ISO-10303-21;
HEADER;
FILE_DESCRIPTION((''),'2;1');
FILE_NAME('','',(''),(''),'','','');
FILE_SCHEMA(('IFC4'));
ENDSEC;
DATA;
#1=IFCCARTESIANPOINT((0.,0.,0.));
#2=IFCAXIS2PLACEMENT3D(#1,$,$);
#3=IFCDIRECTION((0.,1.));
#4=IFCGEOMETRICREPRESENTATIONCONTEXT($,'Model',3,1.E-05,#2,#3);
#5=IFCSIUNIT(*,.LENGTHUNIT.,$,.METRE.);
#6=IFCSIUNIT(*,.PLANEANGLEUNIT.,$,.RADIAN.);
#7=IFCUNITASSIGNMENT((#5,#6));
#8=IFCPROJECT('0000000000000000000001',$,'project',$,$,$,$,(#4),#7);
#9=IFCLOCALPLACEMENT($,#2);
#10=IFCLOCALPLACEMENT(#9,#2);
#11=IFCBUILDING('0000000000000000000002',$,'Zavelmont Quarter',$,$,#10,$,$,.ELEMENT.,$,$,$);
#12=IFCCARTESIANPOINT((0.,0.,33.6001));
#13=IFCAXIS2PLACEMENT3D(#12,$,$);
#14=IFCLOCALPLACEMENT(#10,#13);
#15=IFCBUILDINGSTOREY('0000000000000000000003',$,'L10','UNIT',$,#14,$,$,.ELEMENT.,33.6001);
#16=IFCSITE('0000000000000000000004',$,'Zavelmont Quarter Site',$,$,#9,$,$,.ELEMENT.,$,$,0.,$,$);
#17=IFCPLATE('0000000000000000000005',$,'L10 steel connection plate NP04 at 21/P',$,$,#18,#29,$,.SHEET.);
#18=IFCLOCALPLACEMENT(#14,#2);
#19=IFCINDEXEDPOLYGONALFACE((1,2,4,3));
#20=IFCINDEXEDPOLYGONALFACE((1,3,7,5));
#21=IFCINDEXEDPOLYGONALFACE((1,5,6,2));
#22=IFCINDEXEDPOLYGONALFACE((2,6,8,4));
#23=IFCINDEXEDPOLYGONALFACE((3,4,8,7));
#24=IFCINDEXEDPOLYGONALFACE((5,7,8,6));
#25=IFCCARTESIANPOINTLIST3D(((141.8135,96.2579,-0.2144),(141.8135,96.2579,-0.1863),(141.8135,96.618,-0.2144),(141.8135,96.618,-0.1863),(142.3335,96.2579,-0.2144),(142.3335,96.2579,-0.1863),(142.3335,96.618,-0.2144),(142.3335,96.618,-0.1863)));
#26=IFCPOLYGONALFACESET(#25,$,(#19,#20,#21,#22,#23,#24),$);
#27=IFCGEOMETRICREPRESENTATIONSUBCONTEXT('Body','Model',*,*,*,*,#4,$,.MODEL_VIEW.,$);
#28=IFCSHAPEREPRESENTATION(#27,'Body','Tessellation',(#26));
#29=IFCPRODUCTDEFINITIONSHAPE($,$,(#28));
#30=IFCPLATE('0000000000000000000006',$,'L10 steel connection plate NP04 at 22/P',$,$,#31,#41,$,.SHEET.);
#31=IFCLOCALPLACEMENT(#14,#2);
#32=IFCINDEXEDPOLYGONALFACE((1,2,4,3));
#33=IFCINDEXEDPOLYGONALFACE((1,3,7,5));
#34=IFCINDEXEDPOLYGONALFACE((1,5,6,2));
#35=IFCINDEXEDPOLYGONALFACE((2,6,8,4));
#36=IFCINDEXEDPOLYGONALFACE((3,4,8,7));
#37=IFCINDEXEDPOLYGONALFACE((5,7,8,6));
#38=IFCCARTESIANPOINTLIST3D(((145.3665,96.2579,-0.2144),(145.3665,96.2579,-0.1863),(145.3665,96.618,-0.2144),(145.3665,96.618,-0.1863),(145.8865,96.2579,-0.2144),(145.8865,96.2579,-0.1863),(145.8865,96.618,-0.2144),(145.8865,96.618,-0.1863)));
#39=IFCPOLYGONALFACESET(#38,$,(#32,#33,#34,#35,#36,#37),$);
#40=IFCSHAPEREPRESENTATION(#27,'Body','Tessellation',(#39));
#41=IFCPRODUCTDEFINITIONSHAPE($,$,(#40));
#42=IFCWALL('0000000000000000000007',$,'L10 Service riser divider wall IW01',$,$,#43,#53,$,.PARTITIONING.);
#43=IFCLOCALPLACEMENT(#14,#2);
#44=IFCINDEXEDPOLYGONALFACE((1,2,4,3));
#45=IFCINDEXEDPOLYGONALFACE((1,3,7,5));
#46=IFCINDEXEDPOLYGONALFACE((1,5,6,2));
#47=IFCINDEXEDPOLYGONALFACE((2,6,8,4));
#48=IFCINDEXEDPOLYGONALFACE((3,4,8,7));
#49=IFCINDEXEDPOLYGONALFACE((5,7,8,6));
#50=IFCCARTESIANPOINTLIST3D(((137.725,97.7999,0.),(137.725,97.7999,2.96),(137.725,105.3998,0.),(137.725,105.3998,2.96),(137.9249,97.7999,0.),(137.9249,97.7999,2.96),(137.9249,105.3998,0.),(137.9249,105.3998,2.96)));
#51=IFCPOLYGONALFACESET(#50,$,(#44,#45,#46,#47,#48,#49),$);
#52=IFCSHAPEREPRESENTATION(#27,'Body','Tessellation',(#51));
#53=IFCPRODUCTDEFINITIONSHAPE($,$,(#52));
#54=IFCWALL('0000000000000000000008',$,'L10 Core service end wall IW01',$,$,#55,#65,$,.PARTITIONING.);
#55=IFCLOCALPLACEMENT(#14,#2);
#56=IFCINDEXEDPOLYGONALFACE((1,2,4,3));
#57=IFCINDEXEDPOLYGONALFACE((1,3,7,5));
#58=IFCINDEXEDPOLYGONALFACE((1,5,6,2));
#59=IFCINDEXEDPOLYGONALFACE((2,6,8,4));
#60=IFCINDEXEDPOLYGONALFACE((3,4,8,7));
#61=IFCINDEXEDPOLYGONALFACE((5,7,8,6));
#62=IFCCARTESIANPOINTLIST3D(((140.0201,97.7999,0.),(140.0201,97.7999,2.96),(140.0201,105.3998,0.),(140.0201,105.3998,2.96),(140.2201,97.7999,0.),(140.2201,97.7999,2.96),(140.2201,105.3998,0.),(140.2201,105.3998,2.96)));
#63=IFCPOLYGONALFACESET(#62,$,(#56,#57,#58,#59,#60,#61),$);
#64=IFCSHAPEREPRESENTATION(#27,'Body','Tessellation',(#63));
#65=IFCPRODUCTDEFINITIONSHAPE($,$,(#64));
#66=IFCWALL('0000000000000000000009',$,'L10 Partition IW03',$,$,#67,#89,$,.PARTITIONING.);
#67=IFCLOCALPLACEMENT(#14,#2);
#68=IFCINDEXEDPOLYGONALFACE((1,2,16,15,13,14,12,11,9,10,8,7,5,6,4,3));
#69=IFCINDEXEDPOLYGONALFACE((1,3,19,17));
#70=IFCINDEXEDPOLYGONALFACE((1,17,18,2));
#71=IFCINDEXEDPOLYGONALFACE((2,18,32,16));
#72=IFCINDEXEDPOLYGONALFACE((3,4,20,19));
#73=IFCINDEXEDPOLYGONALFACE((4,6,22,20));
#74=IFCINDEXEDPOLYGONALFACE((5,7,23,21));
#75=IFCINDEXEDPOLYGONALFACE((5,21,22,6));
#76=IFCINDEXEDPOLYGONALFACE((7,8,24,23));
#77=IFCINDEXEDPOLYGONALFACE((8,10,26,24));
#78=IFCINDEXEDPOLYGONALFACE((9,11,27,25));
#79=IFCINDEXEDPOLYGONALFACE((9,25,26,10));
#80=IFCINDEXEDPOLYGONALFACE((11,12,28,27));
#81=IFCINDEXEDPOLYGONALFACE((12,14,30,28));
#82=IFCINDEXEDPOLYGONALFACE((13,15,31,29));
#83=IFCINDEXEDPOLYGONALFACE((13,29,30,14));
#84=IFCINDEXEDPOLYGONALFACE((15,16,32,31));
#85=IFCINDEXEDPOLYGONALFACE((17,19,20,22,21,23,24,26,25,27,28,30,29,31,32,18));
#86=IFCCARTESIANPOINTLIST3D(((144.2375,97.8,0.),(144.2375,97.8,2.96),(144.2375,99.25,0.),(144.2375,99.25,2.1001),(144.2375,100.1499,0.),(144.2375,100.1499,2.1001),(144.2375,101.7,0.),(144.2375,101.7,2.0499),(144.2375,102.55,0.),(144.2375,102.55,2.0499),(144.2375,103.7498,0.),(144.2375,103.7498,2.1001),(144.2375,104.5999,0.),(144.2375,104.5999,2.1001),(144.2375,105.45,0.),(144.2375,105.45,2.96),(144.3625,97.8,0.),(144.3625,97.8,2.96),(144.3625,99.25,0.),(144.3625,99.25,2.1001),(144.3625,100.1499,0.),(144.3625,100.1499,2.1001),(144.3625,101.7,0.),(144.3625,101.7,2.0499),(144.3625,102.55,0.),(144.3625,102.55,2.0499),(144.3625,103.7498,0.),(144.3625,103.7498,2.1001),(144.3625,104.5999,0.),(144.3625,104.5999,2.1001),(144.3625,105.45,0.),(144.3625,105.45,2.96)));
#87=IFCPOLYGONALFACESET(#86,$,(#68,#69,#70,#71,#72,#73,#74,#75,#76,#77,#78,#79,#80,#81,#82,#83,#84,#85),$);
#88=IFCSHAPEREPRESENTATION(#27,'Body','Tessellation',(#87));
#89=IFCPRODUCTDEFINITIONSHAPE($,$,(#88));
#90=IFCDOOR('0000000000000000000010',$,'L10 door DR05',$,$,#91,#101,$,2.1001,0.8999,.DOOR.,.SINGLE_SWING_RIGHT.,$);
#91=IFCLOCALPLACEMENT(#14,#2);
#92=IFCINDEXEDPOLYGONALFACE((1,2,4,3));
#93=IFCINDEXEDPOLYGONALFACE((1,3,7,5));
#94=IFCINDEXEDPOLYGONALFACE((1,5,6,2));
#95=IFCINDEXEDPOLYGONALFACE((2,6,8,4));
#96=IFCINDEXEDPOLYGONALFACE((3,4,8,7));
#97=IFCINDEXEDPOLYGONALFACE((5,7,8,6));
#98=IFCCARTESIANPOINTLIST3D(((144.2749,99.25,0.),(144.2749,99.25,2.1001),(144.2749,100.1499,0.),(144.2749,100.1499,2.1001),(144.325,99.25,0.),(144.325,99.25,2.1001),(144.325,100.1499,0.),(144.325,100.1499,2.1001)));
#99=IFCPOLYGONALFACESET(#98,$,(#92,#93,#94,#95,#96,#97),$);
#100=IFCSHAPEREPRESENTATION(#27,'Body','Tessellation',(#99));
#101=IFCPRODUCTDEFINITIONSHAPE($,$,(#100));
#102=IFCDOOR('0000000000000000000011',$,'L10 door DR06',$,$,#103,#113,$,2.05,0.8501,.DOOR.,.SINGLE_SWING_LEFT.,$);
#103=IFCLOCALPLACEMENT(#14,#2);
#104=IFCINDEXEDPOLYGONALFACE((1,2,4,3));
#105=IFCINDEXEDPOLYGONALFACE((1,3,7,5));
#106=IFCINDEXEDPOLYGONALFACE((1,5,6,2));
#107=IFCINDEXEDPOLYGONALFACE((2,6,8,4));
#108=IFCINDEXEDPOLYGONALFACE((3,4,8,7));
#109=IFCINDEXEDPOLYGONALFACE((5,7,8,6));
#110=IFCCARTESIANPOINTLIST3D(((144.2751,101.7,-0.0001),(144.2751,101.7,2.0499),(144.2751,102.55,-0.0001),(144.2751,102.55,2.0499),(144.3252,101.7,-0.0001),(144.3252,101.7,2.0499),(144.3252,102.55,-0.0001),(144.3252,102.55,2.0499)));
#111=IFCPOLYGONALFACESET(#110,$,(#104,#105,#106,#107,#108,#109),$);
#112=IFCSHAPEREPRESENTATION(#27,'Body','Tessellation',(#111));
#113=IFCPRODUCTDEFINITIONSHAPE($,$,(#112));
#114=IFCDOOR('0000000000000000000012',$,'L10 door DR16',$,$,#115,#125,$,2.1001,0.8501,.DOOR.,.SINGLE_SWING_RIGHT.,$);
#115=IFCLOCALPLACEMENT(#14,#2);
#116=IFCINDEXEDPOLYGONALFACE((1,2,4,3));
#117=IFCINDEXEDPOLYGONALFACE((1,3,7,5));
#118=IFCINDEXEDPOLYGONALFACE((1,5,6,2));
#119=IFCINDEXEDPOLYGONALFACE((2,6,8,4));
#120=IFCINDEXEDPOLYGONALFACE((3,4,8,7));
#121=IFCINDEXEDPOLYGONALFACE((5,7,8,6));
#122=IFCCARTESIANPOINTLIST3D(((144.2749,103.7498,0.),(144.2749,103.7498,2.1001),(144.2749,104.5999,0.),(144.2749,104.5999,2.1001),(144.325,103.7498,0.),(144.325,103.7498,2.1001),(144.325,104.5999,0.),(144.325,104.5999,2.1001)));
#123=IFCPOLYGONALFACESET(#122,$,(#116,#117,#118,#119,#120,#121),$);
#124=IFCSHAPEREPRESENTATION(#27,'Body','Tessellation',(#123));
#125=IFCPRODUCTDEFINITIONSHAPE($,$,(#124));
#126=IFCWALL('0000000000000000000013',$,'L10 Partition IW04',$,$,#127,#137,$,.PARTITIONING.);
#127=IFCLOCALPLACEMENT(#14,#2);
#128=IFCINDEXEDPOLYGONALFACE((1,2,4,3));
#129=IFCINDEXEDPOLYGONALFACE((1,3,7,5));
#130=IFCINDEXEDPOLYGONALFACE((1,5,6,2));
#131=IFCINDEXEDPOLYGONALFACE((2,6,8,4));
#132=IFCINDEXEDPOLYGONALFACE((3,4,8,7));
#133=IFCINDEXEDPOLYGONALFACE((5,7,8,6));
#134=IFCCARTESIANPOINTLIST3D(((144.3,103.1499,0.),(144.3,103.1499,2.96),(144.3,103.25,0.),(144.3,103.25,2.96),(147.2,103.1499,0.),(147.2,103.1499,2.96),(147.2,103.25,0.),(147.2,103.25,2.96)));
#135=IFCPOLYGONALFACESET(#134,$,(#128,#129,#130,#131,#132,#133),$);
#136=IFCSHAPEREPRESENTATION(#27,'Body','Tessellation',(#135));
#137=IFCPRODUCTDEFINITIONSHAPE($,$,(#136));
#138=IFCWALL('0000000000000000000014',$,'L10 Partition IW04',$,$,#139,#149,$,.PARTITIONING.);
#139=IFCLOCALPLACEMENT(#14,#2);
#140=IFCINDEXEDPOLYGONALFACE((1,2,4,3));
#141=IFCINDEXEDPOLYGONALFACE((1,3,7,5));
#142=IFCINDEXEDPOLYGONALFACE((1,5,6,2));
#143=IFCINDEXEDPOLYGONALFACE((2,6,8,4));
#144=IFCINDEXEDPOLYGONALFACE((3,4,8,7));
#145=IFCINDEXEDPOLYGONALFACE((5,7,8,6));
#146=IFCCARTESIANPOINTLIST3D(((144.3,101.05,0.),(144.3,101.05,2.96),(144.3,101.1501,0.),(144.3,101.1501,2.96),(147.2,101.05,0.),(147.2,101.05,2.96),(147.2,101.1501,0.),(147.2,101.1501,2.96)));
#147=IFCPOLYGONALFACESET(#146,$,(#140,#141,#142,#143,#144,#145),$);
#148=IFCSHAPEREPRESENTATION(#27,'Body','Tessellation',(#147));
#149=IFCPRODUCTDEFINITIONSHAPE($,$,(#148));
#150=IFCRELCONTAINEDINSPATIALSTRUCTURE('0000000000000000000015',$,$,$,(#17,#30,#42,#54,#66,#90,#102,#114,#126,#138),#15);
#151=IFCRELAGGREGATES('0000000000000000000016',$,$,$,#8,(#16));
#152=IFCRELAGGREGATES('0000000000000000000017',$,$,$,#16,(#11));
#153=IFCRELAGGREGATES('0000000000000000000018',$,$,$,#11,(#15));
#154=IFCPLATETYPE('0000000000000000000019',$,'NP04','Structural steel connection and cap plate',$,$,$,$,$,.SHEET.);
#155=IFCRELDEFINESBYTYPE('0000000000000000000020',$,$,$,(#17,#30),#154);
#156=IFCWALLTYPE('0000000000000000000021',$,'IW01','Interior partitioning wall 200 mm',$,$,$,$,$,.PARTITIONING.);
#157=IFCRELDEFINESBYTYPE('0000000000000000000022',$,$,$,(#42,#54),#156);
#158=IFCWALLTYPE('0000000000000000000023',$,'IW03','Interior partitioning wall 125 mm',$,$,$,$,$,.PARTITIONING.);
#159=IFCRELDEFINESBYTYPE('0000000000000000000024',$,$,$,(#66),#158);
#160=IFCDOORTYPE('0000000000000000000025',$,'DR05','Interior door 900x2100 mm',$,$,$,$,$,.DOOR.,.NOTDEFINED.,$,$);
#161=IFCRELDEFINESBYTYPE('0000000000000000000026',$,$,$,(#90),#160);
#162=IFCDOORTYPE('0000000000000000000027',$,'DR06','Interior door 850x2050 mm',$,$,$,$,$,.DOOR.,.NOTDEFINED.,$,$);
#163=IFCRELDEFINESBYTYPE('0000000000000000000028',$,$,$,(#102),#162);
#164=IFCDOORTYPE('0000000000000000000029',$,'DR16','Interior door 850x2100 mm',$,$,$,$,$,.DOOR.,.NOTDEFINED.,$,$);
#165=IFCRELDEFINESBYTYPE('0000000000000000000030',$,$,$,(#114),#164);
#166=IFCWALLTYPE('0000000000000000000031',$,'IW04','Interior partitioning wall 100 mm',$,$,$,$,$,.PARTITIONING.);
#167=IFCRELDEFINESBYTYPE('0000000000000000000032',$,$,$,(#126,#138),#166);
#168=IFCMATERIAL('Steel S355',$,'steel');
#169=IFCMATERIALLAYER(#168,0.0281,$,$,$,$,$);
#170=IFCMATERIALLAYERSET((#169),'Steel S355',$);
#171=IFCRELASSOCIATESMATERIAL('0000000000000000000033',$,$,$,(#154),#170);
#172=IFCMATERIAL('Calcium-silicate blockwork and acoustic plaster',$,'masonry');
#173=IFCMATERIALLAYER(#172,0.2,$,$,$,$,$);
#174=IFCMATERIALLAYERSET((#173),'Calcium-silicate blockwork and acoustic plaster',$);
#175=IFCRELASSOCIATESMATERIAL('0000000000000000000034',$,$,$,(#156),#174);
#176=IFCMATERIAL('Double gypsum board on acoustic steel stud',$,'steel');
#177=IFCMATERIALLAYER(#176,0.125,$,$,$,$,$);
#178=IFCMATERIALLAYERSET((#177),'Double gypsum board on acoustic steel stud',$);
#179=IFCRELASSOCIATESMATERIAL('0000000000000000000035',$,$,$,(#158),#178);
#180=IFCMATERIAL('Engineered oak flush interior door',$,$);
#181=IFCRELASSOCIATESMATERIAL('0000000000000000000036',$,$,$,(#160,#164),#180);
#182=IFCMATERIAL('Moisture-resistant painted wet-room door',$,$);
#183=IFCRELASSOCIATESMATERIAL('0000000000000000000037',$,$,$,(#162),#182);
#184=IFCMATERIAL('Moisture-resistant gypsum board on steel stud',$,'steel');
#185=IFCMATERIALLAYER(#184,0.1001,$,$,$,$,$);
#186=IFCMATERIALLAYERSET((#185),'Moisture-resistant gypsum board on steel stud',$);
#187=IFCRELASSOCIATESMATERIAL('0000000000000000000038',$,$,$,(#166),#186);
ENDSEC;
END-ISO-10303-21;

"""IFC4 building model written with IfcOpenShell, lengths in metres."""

from ifc_helpers import new_model, si_unit, direction, frame, frame_2d, origin, origin_with_axes, origin_2d, place, context, subcontext, project, spatial, rectangle, extrude, material, layer, layer_set, type_object, element, fill, save


model = new_model("IFC4")

# Units and contexts
model_context = context("Model", 3, precision=1e-05, world=origin(), true_north=direction((0.0, 1.0)))
body_context = subcontext(model_context, "Body", "Model", "MODEL_VIEW")
ifc_project = project(units=[si_unit("LENGTHUNIT", "METRE"), si_unit("PLANEANGLEUNIT", "RADIAN")], contexts=[model_context])

# Site, building, storey
site_placement = place(None, origin())
site = spatial("IfcSite", under=ifc_project, at=site_placement, Name="Zavelmont Quarter Site", CompositionType="ELEMENT", RefElevation=0.0)
building_placement = place(site_placement, origin())
building = spatial("IfcBuilding", under=site, at=building_placement, Name="Zavelmont Quarter", CompositionType="ELEMENT")
storey_placement = place(building_placement, frame((0.0, 0.0, 33.6001)))
storey = spatial("IfcBuildingStorey", under=building, at=storey_placement, Name="L10", Description="UNIT", CompositionType="ELEMENT", Elevation=33.6001)

# Shared definitions
ifc_material_1 = material(Name="Steel S355", Category="steel")

# Plates
ifc_layer_1 = layer(ifc_material_1, 0.0281)
ifc_layer_set_1 = layer_set([ifc_layer_1], Name="Steel S355")
plate_type_1 = type_object("IfcPlateType", Name="NP04", Description="Structural steel connection and cap plate", PredefinedType="SHEET", material=ifc_layer_set_1)
for number, where, z_axis, x_axis, name in (
    (1, (142.0735, 96.438, -0.2144), (0.0, 0.0, 1.0), (1.0, 0.0, 0.0), "L10 steel connection plate NP04 at 21/P"),
    (2, (145.6265, 96.438, -0.2144), (0.0, 0.0, 1.0), (1.0, 0.0, 0.0), "L10 steel connection plate NP04 at 22/P"),
):
    element("IfcPlate", number, at=place(storey_placement, frame(where, z_axis=z_axis, x_axis=x_axis)), inside=storey, type_object=plate_type_1, Name=name, PredefinedType="SHEET", context=body_context, shape_type="SweptSolid", body=[
        extrude(rectangle(XDim=0.52, YDim=0.3601, at=origin_2d()), origin(), (0.0, 0.0, 1.0), 0.0281),
    ])

# Walls
ifc_material_2 = material(Name="Calcium-silicate blockwork and acoustic plaster", Category="masonry")
ifc_layer_2 = layer(ifc_material_2, 0.2)
ifc_layer_set_2 = layer_set([ifc_layer_2], Name="Calcium-silicate blockwork and acoustic plaster")
wall_type_1 = type_object("IfcWallType", Name="IW01", Description="Interior partitioning wall 200 mm", PredefinedType="PARTITIONING", material=ifc_layer_set_2)
for number, where, z_axis, x_axis, name in (
    (3, (137.825, 97.8, 0.0), (0.0, 0.0, 1.0), (0.0, 1.0, 0.0), "L10 Service riser divider wall IW01"),
    (4, (140.1201, 97.8, 0.0), (0.0, 0.0, 1.0), (0.0, 1.0, 0.0), "L10 Core service end wall IW01"),
):
    element("IfcWall", number, at=place(storey_placement, frame(where, z_axis=z_axis, x_axis=x_axis)), inside=storey, type_object=wall_type_1, Name=name, PredefinedType="PARTITIONING", context=body_context, shape_type="SweptSolid", body=[
        extrude(rectangle(XDim=7.5999, YDim=0.2, at=frame_2d((3.7998, 0.0))), origin(), (0.0, 0.0, 1.0), 2.96),
    ])

# Wall, openings, doors
ifc_material_3 = material(Name="Double gypsum board on acoustic steel stud", Category="steel")
ifc_layer_3 = layer(ifc_material_3, 0.125)
ifc_layer_set_3 = layer_set([ifc_layer_3], Name="Double gypsum board on acoustic steel stud")
wall_type_2 = type_object("IfcWallType", Name="IW03", Description="Interior partitioning wall 125 mm", PredefinedType="PARTITIONING", material=ifc_layer_set_3)
wall_1_placement = place(storey_placement, frame((144.3, 105.45, 0.0), z_axis=(0.0, 0.0, 1.0), x_axis=(0.0, -1.0, 0.0)))
wall_1 = element("IfcWall", 5, at=wall_1_placement, inside=storey, type_object=wall_type_2, Name="L10 Partition IW03", PredefinedType="PARTITIONING", context=body_context, shape_type="SweptSolid", body=[
    extrude(rectangle(XDim=7.6499, YDim=0.125, at=frame_2d((3.825, 0.0))), origin(), (0.0, 0.0, 1.0), 2.96),
])
opening_1_placement = place(wall_1_placement, frame((0.8501, 0.0, 0.0)))
opening_1 = element("IfcOpeningElement", 6, at=opening_1_placement, cuts=wall_1, PredefinedType="OPENING", context=body_context, shape_type="SweptSolid", body=[
    extrude(rectangle(XDim=0.8501, YDim=2.1001, at=frame_2d((0.425, 1.05))), frame((0.0, 0.0745, 0.0), z_axis=(0.0, -1.0, 0.0), x_axis=(1.0, 0.0, 0.0)), (0.0, 0.0, 1.0), 0.1489),
])
opening_2_placement = place(wall_1_placement, frame((2.8999, 0.0, 0.0)))
opening_2 = element("IfcOpeningElement", 7, at=opening_2_placement, cuts=wall_1, PredefinedType="OPENING", context=body_context, shape_type="SweptSolid", body=[
    extrude(rectangle(XDim=0.8501, YDim=2.05, at=frame_2d((0.425, 1.0249))), frame((0.0, 0.0745, 0.0), z_axis=(0.0, -1.0, 0.0), x_axis=(1.0, 0.0, 0.0)), (0.0, 0.0, 1.0), 0.1489),
])
opening_3_placement = place(wall_1_placement, frame((5.3, 0.0, 0.0)))
opening_3 = element("IfcOpeningElement", 8, at=opening_3_placement, cuts=wall_1, PredefinedType="OPENING", context=body_context, shape_type="SweptSolid", body=[
    extrude(rectangle(XDim=0.8999, YDim=2.1001, at=frame_2d((0.45, 1.05))), frame((0.0, 0.0745, 0.0), z_axis=(0.0, -1.0, 0.0), x_axis=(1.0, 0.0, 0.0)), (0.0, 0.0, 1.0), 0.1489),
])
ifc_material_4 = material(Name="Engineered oak flush interior door")
door_type_1 = type_object("IfcDoorType", Name="DR05", Description="Interior door 900x2100 mm", OperationType="NOTDEFINED", PredefinedType="DOOR", material=ifc_material_4)
door_1_placement = place(opening_3_placement, origin_with_axes())
door_1 = element("IfcDoor", 9, at=door_1_placement, inside=storey, type_object=door_type_1, Name="L10 door DR05", OperationType="SINGLE_SWING_RIGHT", OverallHeight=2.1001, OverallWidth=0.8999, PredefinedType="DOOR", context=body_context, shape_type="SweptSolid", body=[
    extrude(rectangle(XDim=0.8999, YDim=2.1001, at=frame_2d((0.45, 1.05))), frame((0.0, 0.0249, 0.0), z_axis=(0.0, -1.0, 0.0), x_axis=(1.0, 0.0, 0.0)), (0.0, 0.0, 1.0), 0.05),
])
fill(opening_3, door_1)
ifc_material_5 = material(Name="Moisture-resistant painted wet-room door")
door_type_2 = type_object("IfcDoorType", Name="DR06", Description="Interior door 850x2050 mm", OperationType="NOTDEFINED", PredefinedType="DOOR", material=ifc_material_5)
door_2_placement = place(opening_2_placement, frame((0.8501, 0.0, 0.0), z_axis=(0.0, 0.0, 1.0), x_axis=(-1.0, 0.0, 0.0)))
door_2 = element("IfcDoor", 10, at=door_2_placement, inside=storey, type_object=door_type_2, Name="L10 door DR06", OperationType="SINGLE_SWING_LEFT", OverallHeight=2.05, OverallWidth=0.8501, PredefinedType="DOOR", context=body_context, shape_type="SweptSolid", body=[
    extrude(rectangle(XDim=0.8501, YDim=2.05, at=frame_2d((0.425, 1.0249))), frame((0.0, 0.0249, 0.0), z_axis=(0.0, -1.0, 0.0), x_axis=(1.0, 0.0, 0.0)), (0.0, 0.0, 1.0), 0.05),
])
fill(opening_2, door_2)
door_type_3 = type_object("IfcDoorType", Name="DR16", Description="Interior door 850x2100 mm", OperationType="NOTDEFINED", PredefinedType="DOOR", material=ifc_material_4)
door_3_placement = place(opening_1_placement, origin_with_axes())
door_3 = element("IfcDoor", 11, at=door_3_placement, inside=storey, type_object=door_type_3, Name="L10 door DR16", OperationType="SINGLE_SWING_RIGHT", OverallHeight=2.1001, OverallWidth=0.8501, PredefinedType="DOOR", context=body_context, shape_type="SweptSolid", body=[
    extrude(rectangle(XDim=0.8501, YDim=2.1001, at=frame_2d((0.425, 1.05))), frame((0.0, 0.0249, 0.0), z_axis=(0.0, -1.0, 0.0), x_axis=(1.0, 0.0, 0.0)), (0.0, 0.0, 1.0), 0.05),
])
fill(opening_1, door_3)

# Walls
ifc_material_6 = material(Name="Moisture-resistant gypsum board on steel stud", Category="steel")
ifc_layer_4 = layer(ifc_material_6, 0.1001)
ifc_layer_set_4 = layer_set([ifc_layer_4], Name="Moisture-resistant gypsum board on steel stud")
wall_type_3 = type_object("IfcWallType", Name="IW04", Description="Interior partitioning wall 100 mm", PredefinedType="PARTITIONING", material=ifc_layer_set_4)
for number, where, z_axis, x_axis, name in (
    (12, (144.3, 103.2, 0.0), (0.0, 0.0, 1.0), (1.0, 0.0, 0.0), "L10 Partition IW04"),
    (13, (144.3, 101.1001, 0.0), (0.0, 0.0, 1.0), (1.0, 0.0, 0.0), "L10 Partition IW04"),
):
    element("IfcWall", number, at=place(storey_placement, frame(where, z_axis=z_axis, x_axis=x_axis)), inside=storey, type_object=wall_type_3, Name=name, PredefinedType="PARTITIONING", context=body_context, shape_type="SweptSolid", body=[
        extrude(rectangle(XDim=2.8999, YDim=0.1001, at=frame_2d((1.45, 0.0))), origin(), (0.0, 0.0, 1.0), 2.96),
    ])

save(model, "model.ifc")
